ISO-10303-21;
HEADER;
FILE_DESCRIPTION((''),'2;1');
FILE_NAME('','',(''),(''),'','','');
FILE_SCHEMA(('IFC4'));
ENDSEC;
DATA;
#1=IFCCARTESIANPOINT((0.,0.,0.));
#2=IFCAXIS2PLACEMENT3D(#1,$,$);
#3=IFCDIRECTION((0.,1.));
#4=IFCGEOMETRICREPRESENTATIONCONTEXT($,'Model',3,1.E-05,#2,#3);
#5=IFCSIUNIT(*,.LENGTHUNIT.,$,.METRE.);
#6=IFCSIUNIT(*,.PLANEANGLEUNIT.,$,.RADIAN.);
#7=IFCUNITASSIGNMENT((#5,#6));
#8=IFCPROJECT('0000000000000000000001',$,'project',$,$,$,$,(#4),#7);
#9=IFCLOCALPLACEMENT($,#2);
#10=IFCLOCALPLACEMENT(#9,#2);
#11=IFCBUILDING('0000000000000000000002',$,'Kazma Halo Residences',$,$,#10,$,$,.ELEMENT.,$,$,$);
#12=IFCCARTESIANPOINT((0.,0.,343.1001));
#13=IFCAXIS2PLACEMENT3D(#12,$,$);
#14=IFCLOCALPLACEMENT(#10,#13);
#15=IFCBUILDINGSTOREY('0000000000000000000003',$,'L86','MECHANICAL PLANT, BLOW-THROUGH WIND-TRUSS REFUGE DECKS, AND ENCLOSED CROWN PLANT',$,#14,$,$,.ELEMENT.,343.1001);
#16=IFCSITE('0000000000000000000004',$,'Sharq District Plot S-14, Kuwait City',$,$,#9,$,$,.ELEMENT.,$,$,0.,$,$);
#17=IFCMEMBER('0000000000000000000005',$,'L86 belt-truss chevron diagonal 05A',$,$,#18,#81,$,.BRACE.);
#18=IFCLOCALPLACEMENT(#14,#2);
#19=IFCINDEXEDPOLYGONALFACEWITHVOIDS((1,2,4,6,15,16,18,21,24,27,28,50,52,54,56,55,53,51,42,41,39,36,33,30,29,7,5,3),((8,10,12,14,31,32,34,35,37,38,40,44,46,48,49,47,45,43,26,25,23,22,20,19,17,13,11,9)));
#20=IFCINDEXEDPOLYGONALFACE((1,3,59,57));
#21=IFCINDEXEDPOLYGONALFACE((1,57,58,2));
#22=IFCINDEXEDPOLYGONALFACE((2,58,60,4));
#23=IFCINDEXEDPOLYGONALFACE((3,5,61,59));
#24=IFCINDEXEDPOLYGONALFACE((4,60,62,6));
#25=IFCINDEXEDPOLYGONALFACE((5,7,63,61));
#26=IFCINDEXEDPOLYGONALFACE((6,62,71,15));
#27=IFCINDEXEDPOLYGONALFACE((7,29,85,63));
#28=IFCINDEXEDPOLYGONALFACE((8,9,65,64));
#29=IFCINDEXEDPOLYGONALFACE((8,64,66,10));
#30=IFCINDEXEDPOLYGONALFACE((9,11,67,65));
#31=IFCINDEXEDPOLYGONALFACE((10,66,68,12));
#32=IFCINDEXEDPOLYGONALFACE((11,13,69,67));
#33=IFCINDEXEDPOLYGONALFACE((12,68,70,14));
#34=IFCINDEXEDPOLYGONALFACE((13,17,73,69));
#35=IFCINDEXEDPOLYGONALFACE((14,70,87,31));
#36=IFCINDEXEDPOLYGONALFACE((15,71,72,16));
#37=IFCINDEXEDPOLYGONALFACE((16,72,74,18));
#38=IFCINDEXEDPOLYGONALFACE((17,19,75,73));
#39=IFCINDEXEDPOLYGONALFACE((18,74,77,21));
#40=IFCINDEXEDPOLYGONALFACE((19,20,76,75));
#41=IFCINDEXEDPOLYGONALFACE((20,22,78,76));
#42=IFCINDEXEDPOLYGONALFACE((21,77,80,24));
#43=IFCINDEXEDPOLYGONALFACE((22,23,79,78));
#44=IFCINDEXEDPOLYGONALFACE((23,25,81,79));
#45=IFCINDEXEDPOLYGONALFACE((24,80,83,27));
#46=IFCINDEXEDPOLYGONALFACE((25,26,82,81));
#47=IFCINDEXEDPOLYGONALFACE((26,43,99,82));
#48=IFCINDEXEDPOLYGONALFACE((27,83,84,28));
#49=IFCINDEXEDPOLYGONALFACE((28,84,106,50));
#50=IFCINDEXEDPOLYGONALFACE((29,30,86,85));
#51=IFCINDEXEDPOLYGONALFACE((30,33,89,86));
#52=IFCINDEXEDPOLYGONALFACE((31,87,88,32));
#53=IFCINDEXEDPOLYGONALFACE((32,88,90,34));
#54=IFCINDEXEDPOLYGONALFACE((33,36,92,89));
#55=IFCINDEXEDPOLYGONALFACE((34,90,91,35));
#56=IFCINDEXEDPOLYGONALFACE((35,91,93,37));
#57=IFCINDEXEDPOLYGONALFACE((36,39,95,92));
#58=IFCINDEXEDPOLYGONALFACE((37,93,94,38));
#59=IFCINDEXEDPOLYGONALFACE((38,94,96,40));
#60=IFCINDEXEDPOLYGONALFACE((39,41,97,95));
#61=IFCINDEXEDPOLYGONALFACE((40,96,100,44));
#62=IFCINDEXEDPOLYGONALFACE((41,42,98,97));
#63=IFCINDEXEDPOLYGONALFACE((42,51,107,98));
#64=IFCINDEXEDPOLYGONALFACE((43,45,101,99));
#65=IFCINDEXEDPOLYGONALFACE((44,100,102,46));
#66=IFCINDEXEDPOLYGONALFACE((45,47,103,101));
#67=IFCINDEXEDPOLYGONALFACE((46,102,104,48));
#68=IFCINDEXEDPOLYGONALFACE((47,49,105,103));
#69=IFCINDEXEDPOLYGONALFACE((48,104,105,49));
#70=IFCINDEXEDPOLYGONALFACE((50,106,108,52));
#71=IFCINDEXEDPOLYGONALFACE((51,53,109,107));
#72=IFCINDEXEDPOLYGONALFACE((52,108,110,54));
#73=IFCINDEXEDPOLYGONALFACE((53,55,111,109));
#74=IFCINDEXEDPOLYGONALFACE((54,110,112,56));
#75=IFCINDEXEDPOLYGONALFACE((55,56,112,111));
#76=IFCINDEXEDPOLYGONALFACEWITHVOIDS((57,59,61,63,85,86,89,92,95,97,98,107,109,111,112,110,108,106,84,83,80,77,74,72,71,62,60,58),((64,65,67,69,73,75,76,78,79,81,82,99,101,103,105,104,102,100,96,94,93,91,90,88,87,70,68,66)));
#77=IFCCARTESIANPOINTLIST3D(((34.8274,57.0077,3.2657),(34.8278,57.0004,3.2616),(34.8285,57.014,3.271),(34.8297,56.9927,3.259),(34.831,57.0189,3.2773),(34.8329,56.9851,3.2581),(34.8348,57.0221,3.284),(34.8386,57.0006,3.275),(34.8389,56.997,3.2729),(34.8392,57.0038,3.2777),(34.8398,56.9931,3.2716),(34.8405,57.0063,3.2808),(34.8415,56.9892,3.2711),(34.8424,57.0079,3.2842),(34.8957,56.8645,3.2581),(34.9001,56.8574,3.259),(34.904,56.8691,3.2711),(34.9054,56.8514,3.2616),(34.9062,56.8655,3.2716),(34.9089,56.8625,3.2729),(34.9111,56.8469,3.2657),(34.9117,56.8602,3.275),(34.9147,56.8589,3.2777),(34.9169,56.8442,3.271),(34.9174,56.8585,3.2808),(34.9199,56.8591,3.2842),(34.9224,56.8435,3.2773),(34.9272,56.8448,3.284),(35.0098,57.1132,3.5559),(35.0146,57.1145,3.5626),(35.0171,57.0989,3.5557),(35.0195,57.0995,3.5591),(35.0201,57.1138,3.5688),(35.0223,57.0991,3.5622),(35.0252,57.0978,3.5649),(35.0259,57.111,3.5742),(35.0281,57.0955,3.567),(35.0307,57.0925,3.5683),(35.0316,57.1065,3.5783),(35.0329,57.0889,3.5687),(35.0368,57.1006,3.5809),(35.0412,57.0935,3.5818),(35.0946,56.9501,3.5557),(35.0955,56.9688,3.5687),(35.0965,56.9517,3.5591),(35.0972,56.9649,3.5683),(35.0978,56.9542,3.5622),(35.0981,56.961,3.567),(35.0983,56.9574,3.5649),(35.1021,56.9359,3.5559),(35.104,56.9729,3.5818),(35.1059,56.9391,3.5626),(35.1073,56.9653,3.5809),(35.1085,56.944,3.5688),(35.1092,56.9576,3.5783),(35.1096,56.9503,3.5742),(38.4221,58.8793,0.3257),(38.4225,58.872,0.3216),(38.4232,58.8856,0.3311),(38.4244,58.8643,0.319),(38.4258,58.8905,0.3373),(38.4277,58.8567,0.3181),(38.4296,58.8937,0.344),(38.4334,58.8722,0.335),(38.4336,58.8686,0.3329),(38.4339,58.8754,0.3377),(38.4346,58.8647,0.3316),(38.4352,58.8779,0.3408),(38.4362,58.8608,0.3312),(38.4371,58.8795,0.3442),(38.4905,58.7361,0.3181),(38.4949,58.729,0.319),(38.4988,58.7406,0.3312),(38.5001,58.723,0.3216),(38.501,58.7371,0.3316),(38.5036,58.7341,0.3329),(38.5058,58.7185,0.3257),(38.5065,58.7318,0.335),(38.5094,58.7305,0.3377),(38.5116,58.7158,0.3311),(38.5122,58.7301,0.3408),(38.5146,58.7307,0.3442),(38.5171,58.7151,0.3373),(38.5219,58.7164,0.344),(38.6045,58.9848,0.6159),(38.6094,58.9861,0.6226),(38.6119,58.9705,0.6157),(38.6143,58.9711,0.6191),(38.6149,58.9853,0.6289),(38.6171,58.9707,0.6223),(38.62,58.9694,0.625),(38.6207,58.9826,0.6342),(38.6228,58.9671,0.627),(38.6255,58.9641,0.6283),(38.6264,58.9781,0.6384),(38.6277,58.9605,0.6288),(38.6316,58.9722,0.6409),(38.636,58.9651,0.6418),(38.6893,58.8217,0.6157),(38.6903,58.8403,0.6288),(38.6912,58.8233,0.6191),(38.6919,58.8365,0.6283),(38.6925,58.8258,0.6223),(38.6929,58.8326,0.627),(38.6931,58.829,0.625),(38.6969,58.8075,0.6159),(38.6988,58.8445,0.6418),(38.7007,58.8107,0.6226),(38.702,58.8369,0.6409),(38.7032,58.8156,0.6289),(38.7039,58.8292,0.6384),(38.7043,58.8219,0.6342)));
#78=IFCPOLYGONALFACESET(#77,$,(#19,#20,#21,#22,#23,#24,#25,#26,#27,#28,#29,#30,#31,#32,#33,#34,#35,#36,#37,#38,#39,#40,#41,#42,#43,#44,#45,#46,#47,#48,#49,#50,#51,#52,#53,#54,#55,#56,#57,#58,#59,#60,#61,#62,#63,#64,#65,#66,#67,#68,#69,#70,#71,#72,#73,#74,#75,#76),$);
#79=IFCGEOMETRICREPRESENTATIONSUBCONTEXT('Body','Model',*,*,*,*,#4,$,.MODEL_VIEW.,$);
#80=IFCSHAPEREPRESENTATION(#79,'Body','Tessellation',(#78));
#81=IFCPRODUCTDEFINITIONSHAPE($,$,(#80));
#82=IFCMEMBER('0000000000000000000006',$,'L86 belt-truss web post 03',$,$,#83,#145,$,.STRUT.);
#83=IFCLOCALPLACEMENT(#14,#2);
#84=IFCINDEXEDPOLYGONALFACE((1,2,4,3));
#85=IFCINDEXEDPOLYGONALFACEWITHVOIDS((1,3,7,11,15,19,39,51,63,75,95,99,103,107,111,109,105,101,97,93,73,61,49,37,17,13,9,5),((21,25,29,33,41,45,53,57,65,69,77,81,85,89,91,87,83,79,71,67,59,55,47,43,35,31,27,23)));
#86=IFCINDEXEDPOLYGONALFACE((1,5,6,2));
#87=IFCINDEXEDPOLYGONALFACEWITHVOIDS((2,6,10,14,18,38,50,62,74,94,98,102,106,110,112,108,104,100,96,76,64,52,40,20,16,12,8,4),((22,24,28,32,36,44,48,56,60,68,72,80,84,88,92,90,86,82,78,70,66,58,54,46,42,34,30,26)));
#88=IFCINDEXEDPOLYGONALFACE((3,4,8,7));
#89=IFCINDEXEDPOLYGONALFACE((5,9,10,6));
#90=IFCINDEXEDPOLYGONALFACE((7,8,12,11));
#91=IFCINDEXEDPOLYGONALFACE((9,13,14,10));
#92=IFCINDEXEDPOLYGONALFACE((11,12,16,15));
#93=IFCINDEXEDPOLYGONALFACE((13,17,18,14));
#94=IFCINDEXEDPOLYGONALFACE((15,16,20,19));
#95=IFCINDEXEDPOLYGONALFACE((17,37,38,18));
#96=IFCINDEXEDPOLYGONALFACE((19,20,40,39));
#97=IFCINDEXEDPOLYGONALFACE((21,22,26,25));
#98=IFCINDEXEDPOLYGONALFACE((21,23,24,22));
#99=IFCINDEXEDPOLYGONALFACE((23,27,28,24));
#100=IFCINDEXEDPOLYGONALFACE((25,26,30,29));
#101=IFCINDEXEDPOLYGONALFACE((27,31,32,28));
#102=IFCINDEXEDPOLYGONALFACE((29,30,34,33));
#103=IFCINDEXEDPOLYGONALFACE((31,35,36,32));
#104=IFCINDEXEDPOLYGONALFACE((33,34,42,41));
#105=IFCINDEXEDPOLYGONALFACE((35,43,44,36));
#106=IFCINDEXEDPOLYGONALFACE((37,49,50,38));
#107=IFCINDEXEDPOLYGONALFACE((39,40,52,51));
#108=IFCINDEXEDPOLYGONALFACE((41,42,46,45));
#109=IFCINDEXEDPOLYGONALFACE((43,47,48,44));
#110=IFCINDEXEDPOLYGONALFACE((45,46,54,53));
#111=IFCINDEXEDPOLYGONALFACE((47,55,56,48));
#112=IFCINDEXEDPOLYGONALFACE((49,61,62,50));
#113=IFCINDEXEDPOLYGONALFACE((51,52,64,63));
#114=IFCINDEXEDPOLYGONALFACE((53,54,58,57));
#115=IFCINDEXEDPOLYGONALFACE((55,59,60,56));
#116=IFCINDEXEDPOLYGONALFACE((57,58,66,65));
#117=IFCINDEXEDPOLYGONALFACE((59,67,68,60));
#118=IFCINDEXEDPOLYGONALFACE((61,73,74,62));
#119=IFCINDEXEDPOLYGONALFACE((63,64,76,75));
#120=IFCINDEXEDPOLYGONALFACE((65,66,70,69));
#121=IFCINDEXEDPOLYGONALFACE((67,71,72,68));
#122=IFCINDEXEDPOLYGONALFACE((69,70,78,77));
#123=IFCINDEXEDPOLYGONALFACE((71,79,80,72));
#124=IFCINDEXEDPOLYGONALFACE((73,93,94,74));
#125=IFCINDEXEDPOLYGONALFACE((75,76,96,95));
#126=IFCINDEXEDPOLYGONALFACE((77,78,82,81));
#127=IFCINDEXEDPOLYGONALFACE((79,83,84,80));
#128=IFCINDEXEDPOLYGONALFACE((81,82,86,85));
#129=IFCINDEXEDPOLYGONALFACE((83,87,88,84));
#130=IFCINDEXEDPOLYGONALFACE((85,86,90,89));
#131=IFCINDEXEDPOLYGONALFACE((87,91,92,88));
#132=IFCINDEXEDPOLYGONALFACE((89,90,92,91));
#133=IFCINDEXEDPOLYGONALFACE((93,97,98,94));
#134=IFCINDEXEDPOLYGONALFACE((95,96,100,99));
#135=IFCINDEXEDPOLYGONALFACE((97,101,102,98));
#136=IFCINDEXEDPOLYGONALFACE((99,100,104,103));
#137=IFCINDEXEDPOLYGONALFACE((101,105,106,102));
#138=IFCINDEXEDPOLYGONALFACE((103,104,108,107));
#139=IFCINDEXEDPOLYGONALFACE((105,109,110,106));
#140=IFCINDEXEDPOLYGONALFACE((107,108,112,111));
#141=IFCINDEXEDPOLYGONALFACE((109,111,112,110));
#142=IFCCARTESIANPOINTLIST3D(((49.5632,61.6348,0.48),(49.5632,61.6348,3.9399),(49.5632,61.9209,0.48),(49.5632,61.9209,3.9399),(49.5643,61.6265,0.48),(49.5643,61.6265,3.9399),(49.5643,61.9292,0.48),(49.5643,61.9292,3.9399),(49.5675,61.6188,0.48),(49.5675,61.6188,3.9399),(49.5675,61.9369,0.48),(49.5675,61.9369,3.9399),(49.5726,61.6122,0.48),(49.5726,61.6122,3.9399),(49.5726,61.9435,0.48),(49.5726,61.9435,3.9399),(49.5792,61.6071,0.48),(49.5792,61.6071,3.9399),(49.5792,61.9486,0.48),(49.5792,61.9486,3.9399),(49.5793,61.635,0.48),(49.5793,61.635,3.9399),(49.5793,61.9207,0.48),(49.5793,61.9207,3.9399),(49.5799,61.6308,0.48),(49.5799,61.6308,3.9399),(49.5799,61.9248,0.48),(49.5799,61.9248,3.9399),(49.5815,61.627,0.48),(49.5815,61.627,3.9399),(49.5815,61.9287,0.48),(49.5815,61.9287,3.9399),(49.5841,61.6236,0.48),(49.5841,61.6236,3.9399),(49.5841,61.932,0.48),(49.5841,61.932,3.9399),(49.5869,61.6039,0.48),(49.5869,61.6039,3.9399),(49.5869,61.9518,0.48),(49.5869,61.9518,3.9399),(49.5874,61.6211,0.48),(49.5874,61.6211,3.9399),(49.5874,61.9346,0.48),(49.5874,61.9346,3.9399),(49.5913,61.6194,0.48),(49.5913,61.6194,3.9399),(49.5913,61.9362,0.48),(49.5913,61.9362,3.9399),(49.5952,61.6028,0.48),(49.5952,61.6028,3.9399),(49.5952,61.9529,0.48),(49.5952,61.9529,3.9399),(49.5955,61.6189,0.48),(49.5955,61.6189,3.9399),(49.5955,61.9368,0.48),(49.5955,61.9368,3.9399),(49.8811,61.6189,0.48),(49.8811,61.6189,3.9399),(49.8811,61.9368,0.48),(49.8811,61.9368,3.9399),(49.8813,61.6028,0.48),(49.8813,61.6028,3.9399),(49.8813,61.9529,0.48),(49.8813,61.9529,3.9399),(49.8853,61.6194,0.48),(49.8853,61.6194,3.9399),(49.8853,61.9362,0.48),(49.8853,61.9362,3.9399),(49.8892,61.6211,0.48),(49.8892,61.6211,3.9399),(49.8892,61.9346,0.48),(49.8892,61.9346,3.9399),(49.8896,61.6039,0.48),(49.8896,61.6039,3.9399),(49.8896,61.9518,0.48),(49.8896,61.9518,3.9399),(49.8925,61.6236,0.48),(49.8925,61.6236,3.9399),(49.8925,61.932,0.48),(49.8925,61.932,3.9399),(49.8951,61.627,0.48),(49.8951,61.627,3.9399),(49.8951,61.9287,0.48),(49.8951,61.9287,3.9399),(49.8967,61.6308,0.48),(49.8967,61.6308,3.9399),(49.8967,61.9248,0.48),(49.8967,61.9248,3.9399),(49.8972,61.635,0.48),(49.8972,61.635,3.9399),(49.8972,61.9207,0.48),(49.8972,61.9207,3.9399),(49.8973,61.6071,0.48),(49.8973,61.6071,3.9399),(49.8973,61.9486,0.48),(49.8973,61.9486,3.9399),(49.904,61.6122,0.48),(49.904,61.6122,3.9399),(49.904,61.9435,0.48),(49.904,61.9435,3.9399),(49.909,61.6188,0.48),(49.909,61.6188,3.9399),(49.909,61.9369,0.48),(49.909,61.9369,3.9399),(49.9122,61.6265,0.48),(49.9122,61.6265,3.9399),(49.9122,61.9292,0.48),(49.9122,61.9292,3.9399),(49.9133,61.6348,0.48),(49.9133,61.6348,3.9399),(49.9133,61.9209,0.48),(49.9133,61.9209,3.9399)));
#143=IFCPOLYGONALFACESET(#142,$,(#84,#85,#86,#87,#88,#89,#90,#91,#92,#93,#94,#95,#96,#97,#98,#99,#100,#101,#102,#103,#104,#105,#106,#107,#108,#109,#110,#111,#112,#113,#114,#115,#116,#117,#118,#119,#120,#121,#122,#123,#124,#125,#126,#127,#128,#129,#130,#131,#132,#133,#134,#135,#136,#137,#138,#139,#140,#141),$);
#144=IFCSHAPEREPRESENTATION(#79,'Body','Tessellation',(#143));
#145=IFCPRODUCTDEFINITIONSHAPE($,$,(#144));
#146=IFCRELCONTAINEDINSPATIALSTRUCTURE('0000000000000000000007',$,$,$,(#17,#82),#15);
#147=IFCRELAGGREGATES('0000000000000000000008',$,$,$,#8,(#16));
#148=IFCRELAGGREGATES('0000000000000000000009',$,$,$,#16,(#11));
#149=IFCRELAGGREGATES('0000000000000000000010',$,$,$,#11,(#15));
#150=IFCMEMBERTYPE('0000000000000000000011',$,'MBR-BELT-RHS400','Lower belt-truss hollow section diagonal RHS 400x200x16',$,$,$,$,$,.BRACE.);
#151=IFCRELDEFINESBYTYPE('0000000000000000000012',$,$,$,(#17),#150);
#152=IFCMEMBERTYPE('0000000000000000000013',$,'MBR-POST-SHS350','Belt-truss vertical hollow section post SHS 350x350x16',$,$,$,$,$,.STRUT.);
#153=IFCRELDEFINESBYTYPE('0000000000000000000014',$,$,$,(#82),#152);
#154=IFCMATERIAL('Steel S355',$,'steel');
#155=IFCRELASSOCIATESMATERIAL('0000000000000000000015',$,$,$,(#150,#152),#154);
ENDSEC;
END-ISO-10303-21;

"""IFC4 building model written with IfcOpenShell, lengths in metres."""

from ifc_helpers import new_model, si_unit, direction, frame, origin, origin_2d, place, context, subcontext, project, spatial, hollow_rectangle, extrude, material, material_profile, profile_set, type_object, element, save


model = new_model("IFC4")

# Units and contexts
model_context = context("Model", 3, precision=1e-05, world=origin(), true_north=direction((0.0, 1.0)))
body_context = subcontext(model_context, "Body", "Model", "MODEL_VIEW")
ifc_project = project(units=[si_unit("LENGTHUNIT", "METRE"), si_unit("PLANEANGLEUNIT", "RADIAN")], contexts=[model_context])

# Site, building, storey
site_placement = place(None, origin())
site = spatial("IfcSite", under=ifc_project, at=site_placement, Name="Sharq District Plot S-14, Kuwait City", CompositionType="ELEMENT", RefElevation=0.0)
building_placement = place(site_placement, origin())
building = spatial("IfcBuilding", under=site, at=building_placement, Name="Kazma Halo Residences", CompositionType="ELEMENT")
storey_placement = place(building_placement, frame((0.0, 0.0, 343.1001)))
storey = spatial("IfcBuildingStorey", under=building, at=storey_placement, Name="L86", Description="MECHANICAL PLANT, BLOW-THROUGH WIND-TRUSS REFUGE DECKS, AND ENCLOSED CROWN PLANT", CompositionType="ELEMENT", Elevation=343.1001)

# Shared definitions
ifc_material_1 = material(Name="Steel S355", Category="steel")

# Members
ifc_material_profile_1 = material_profile(ifc_material_1, hollow_rectangle(XDim=0.2, YDim=0.3999, WallThickness=0.0161, InnerFilletRadius=0.0161, OuterFilletRadius=0.032, at=origin_2d()), Name="RHS400x200x16")
ifc_profile_set_1 = profile_set([ifc_material_profile_1], Name="Steel S355")
member_type_1 = type_object("IfcMemberType", Name="MBR-BELT-RHS400", Description="Lower belt-truss hollow section diagonal RHS 400x200x16", PredefinedType="BRACE", material=ifc_profile_set_1)
member_1_placement = place(storey_placement, frame((38.5632, 58.8506, 0.48), z_axis=(-0.717968, -0.373807, 0.587189), x_axis=(0.461804, -0.886982, 0.0)))
element("IfcMember", 1, at=member_1_placement, inside=storey, type_object=member_type_1, Name="L86 belt-truss chevron diagonal 05A", PredefinedType="BRACE", context=body_context, shape_type="SweptSolid", body=[
    extrude(hollow_rectangle(XDim=0.2, YDim=0.3999, WallThickness=0.0161, InnerFilletRadius=0.0161, OuterFilletRadius=0.032, at=origin_2d()), origin(), (0.0, 0.0, 1.0), 5.0068),
])
ifc_material_profile_2 = material_profile(ifc_material_1, hollow_rectangle(XDim=0.3501, YDim=0.3501, WallThickness=0.0161, InnerFilletRadius=0.0161, OuterFilletRadius=0.032, at=origin_2d()), Name="SHS350x350x16")
ifc_profile_set_2 = profile_set([ifc_material_profile_2], Name="Steel S355")
member_type_2 = type_object("IfcMemberType", Name="MBR-POST-SHS350", Description="Belt-truss vertical hollow section post SHS 350x350x16", PredefinedType="STRUT", material=ifc_profile_set_2)
for number, where, z_axis, x_axis, name in (
    (2, (49.7383, 61.7778, 0.48), (0.0, 0.0, 1.0), (1.0, 0.0, 0.0), "L86 belt-truss web post 03"),
):
    element("IfcMember", number, at=place(storey_placement, frame(where, z_axis=z_axis, x_axis=x_axis)), inside=storey, type_object=member_type_2, Name=name, PredefinedType="STRUT", context=body_context, shape_type="SweptSolid", body=[
        extrude(hollow_rectangle(XDim=0.3501, YDim=0.3501, WallThickness=0.0161, InnerFilletRadius=0.0161, OuterFilletRadius=0.032, at=origin_2d()), origin(), (0.0, 0.0, 1.0), 3.46),
    ])

save(model, "model.ifc")
